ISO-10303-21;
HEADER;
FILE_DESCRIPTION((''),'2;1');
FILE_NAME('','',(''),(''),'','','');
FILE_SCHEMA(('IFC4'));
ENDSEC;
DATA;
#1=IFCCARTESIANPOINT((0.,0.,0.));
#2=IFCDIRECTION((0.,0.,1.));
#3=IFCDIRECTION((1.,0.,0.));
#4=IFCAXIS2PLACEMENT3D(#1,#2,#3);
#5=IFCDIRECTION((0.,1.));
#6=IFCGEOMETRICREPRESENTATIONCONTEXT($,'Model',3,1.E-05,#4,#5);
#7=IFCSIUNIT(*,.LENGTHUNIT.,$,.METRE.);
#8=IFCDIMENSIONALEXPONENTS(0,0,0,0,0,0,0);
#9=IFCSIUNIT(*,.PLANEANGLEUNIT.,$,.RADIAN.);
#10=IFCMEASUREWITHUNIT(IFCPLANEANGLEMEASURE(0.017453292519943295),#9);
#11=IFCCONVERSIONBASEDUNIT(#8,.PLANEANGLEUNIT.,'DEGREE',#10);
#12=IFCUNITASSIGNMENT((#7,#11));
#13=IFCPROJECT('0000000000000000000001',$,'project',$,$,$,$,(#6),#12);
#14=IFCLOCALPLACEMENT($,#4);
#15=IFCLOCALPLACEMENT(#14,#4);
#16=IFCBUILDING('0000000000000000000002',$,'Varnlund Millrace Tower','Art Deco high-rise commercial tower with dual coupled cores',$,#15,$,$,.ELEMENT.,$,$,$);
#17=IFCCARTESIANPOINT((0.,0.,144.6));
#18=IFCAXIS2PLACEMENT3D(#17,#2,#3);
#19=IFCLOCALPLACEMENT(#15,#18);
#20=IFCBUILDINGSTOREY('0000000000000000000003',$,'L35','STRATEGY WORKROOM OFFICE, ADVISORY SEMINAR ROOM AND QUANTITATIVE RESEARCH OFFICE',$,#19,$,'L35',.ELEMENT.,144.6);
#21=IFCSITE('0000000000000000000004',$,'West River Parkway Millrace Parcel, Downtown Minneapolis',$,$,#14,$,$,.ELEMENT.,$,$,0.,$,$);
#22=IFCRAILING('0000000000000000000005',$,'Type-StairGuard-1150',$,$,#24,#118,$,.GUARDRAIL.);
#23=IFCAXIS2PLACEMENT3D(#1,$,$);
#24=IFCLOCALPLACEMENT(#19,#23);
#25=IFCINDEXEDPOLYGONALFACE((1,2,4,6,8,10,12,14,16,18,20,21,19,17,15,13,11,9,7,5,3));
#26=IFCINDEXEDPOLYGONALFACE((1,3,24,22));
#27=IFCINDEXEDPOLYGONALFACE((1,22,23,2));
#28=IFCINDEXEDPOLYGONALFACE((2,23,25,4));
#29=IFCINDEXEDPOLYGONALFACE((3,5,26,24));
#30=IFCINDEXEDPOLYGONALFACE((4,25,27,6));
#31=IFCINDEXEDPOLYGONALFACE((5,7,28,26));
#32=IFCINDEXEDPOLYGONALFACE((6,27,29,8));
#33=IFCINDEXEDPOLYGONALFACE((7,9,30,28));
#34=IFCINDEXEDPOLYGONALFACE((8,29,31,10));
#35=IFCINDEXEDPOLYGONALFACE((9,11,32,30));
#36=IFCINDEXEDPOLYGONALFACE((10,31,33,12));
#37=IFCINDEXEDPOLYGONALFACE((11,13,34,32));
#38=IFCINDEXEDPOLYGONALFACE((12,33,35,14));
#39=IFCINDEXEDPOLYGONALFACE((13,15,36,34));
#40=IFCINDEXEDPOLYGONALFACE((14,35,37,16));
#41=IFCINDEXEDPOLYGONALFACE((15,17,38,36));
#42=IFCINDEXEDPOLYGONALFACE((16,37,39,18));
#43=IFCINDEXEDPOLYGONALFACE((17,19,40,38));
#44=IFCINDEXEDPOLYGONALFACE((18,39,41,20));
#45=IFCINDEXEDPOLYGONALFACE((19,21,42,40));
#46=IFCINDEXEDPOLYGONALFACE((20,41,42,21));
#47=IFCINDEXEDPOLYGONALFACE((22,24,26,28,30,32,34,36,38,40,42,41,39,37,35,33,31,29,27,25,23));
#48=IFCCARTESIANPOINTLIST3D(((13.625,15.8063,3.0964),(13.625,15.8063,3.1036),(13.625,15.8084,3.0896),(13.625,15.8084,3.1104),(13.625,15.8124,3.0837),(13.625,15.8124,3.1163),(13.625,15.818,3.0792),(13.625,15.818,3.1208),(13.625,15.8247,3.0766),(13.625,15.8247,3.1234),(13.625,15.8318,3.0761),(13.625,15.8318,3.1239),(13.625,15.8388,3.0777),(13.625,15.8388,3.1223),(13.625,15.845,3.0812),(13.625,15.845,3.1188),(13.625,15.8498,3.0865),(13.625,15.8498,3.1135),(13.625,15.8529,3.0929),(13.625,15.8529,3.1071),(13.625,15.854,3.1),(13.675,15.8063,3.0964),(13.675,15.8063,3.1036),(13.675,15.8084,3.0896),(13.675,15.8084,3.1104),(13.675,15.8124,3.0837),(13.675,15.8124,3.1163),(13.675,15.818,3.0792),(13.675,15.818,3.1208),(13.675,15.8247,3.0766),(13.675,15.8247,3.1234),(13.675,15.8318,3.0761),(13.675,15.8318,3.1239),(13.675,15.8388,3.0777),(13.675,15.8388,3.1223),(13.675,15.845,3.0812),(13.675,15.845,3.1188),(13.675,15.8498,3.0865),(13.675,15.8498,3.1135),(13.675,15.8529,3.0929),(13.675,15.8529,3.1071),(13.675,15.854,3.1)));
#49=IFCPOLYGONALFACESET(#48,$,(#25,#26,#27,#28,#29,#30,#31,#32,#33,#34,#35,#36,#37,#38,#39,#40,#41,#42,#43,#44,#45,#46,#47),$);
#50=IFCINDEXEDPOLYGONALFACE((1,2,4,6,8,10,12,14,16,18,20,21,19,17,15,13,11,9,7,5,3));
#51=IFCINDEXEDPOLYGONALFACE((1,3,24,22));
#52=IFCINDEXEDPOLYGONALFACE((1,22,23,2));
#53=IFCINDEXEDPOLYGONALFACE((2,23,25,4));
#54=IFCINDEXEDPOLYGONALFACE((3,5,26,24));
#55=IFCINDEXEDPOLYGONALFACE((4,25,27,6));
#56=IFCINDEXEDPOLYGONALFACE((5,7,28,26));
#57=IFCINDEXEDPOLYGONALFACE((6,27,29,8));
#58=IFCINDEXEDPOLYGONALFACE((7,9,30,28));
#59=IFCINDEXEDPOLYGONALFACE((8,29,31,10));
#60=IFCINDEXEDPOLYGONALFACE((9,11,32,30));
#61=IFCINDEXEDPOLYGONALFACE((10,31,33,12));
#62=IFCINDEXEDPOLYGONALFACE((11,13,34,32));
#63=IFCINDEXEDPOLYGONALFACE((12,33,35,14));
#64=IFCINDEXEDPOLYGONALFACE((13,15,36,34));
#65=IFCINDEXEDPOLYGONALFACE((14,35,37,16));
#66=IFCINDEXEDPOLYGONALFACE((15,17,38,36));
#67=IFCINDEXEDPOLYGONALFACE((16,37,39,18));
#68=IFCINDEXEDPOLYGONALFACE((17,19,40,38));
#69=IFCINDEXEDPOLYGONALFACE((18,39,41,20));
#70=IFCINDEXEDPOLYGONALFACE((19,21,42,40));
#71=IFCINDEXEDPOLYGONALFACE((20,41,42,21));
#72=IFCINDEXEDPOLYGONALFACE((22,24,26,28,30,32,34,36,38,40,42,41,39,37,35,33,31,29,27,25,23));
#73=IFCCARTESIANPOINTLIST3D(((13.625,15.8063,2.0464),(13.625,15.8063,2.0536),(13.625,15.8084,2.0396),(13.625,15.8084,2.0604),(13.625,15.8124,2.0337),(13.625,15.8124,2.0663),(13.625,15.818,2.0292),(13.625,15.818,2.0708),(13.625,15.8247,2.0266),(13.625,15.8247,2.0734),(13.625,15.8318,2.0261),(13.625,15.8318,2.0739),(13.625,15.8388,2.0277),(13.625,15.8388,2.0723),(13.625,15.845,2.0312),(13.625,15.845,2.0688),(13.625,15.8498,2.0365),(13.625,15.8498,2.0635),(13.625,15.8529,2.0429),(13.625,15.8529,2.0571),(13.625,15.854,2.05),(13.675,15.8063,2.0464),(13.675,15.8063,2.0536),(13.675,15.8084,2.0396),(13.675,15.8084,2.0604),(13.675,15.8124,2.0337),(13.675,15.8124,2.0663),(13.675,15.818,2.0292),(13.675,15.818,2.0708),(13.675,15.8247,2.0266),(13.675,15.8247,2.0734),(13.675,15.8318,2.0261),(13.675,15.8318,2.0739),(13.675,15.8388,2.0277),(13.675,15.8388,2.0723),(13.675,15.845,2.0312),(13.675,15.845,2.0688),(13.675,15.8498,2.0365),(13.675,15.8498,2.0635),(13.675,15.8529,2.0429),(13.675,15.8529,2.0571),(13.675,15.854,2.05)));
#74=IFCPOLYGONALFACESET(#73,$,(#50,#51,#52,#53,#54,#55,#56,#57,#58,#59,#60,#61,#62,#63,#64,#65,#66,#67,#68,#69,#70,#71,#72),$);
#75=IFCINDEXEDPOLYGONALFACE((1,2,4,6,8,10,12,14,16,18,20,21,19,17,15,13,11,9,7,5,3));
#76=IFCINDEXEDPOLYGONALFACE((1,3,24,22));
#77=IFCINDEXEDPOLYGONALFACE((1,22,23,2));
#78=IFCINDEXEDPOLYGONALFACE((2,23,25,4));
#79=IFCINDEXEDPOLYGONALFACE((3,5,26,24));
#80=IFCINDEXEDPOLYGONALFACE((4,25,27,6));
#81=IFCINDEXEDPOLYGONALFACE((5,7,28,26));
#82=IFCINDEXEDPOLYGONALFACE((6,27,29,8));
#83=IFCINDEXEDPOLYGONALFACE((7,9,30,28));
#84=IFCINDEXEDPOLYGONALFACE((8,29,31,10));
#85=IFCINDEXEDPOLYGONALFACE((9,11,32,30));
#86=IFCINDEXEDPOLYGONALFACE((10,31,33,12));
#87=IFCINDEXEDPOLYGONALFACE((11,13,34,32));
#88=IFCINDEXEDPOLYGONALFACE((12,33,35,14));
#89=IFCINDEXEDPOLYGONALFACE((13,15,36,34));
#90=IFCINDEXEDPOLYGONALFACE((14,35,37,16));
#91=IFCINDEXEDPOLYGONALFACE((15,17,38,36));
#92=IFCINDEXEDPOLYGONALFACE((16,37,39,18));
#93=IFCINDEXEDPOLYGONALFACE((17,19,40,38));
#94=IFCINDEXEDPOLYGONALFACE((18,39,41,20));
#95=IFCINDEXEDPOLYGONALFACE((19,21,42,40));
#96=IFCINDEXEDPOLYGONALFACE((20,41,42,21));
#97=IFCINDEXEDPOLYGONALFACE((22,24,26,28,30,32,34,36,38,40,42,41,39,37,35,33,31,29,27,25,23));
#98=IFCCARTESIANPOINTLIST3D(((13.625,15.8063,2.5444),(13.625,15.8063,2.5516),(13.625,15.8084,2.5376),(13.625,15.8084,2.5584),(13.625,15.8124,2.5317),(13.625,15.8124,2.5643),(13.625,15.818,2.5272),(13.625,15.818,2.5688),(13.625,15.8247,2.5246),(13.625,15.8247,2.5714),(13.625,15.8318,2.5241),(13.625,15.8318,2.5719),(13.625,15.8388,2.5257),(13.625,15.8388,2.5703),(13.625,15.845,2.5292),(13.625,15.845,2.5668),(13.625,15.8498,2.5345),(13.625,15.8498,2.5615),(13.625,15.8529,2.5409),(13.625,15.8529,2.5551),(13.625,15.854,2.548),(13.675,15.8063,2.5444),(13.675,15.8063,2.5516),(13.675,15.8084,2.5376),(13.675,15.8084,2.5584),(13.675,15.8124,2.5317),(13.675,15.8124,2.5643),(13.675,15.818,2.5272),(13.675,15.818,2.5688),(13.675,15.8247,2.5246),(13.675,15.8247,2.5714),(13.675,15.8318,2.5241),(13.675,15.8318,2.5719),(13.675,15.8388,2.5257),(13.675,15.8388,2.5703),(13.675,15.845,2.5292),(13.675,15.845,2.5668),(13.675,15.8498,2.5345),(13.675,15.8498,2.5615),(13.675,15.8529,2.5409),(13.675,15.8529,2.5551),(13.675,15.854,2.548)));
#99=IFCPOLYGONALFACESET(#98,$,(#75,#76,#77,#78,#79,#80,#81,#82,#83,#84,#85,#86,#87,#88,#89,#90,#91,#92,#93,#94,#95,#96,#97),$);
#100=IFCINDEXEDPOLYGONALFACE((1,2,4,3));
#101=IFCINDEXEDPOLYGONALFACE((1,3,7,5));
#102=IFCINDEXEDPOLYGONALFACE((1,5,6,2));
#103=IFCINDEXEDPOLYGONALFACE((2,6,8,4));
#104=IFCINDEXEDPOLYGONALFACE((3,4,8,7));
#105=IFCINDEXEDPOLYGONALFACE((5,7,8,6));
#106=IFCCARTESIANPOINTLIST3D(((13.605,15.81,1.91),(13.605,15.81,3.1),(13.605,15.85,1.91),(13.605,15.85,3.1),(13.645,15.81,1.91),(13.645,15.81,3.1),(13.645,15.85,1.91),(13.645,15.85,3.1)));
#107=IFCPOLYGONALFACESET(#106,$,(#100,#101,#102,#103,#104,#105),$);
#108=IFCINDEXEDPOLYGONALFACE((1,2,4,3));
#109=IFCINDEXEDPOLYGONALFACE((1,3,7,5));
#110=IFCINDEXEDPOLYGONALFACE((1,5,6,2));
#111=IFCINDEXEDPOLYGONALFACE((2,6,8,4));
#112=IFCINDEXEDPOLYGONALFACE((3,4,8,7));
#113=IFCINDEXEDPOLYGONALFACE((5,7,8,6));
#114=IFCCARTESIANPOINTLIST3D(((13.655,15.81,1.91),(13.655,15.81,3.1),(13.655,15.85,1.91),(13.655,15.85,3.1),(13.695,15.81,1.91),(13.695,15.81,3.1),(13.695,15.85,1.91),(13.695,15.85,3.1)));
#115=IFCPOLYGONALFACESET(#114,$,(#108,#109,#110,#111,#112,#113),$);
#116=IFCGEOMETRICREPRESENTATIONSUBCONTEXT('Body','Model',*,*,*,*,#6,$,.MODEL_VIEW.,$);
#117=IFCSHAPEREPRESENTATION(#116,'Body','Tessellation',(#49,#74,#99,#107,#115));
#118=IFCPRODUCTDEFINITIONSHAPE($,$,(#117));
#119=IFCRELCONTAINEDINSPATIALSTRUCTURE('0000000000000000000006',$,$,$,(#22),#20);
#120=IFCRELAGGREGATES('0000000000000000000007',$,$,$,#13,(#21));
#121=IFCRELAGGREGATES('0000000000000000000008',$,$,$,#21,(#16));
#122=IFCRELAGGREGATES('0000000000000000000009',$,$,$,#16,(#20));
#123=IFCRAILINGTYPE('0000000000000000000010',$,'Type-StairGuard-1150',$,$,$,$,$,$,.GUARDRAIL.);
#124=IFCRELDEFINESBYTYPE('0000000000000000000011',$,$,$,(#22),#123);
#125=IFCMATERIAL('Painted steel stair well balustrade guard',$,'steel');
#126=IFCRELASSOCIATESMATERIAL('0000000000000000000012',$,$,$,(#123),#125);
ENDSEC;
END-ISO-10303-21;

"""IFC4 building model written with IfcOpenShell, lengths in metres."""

from ifc_helpers import new_model, entity, si_unit, converted_unit, direction, frame, origin_with_axes, origin_2d_with_axis, place, context, subcontext, project, spatial, rectangle, circle, extrude, material, type_object, element, save


model = new_model("IFC4")

# Units and contexts
model_context = context("Model", 3, precision=1e-05, world=origin_with_axes(), true_north=direction((0.0, 1.0)))
body_context = subcontext(model_context, "Body", "Model", "MODEL_VIEW")
ifc_project = project(units=[si_unit("LENGTHUNIT", "METRE"), converted_unit("PLANEANGLEUNIT", "DEGREE", entity("IfcPlaneAngleMeasure", 0.017453292519943295), si_unit("PLANEANGLEUNIT", "RADIAN"), dimensions=[0, 0, 0, 0, 0, 0, 0])], contexts=[model_context])

# Site, building, storey
site_placement = place(None, origin_with_axes())
site = spatial("IfcSite", under=ifc_project, at=site_placement, Name="West River Parkway Millrace Parcel, Downtown Minneapolis", CompositionType="ELEMENT", RefElevation=0.0)
building_placement = place(site_placement, origin_with_axes())
building = spatial("IfcBuilding", under=site, at=building_placement, Name="Varnlund Millrace Tower", Description="Art Deco high-rise commercial tower with dual coupled cores", CompositionType="ELEMENT")
storey_placement = place(building_placement, frame((0.0, 0.0, 144.6), z_axis=(0.0, 0.0, 1.0), x_axis=(1.0, 0.0, 0.0)))
storey = spatial("IfcBuildingStorey", under=building, at=storey_placement, Name="L35", Description="STRATEGY WORKROOM OFFICE, ADVISORY SEMINAR ROOM AND QUANTITATIVE RESEARCH OFFICE", LongName="L35", CompositionType="ELEMENT", Elevation=144.6)

# Railing
ifc_material_1 = material(Name="Painted steel stair well balustrade guard", Category="steel")
railing_type_1 = type_object("IfcRailingType", Name="Type-StairGuard-1150", PredefinedType="GUARDRAIL", material=ifc_material_1)
railing_1_placement = place(storey_placement, frame((0.0, 0.0, -144.6), z_axis=(0.0, 0.0, 1.0), x_axis=(1.0, 0.0, 0.0)))
element("IfcRailing", 1, at=railing_1_placement, inside=storey, type_object=railing_type_1, Name="Type-StairGuard-1150", PredefinedType="GUARDRAIL", context=body_context, shape_type="SweptSolid", body=[
    extrude(circle(Radius=0.024, at=origin_2d_with_axis()), frame((13.625, 15.83, 147.7), z_axis=(1.0, 0.0, 0.0), x_axis=(0.0, 1.0, 0.0)), (0.0, 0.0, 1.0), 0.05),
    extrude(circle(Radius=0.024, at=origin_2d_with_axis()), frame((13.625, 15.83, 146.65), z_axis=(1.0, 0.0, 0.0), x_axis=(0.0, 1.0, 0.0)), (0.0, 0.0, 1.0), 0.05),
    extrude(circle(Radius=0.024, at=origin_2d_with_axis()), frame((13.625, 15.83, 147.148), z_axis=(1.0, 0.0, 0.0), x_axis=(0.0, 1.0, 0.0)), (0.0, 0.0, 1.0), 0.05),
    extrude(rectangle(XDim=0.04, YDim=0.04, at=origin_2d_with_axis()), frame((13.625, 15.83, 146.51), z_axis=(0.0, 0.0, 1.0), x_axis=(1.0, 0.0, 0.0)), (0.0, 0.0, 1.0), 1.19),
    extrude(rectangle(XDim=0.04, YDim=0.04, at=origin_2d_with_axis()), frame((13.675, 15.83, 146.51), z_axis=(0.0, 0.0, 1.0), x_axis=(1.0, 0.0, 0.0)), (0.0, 0.0, 1.0), 1.19),
])

save(model, "model.ifc")
